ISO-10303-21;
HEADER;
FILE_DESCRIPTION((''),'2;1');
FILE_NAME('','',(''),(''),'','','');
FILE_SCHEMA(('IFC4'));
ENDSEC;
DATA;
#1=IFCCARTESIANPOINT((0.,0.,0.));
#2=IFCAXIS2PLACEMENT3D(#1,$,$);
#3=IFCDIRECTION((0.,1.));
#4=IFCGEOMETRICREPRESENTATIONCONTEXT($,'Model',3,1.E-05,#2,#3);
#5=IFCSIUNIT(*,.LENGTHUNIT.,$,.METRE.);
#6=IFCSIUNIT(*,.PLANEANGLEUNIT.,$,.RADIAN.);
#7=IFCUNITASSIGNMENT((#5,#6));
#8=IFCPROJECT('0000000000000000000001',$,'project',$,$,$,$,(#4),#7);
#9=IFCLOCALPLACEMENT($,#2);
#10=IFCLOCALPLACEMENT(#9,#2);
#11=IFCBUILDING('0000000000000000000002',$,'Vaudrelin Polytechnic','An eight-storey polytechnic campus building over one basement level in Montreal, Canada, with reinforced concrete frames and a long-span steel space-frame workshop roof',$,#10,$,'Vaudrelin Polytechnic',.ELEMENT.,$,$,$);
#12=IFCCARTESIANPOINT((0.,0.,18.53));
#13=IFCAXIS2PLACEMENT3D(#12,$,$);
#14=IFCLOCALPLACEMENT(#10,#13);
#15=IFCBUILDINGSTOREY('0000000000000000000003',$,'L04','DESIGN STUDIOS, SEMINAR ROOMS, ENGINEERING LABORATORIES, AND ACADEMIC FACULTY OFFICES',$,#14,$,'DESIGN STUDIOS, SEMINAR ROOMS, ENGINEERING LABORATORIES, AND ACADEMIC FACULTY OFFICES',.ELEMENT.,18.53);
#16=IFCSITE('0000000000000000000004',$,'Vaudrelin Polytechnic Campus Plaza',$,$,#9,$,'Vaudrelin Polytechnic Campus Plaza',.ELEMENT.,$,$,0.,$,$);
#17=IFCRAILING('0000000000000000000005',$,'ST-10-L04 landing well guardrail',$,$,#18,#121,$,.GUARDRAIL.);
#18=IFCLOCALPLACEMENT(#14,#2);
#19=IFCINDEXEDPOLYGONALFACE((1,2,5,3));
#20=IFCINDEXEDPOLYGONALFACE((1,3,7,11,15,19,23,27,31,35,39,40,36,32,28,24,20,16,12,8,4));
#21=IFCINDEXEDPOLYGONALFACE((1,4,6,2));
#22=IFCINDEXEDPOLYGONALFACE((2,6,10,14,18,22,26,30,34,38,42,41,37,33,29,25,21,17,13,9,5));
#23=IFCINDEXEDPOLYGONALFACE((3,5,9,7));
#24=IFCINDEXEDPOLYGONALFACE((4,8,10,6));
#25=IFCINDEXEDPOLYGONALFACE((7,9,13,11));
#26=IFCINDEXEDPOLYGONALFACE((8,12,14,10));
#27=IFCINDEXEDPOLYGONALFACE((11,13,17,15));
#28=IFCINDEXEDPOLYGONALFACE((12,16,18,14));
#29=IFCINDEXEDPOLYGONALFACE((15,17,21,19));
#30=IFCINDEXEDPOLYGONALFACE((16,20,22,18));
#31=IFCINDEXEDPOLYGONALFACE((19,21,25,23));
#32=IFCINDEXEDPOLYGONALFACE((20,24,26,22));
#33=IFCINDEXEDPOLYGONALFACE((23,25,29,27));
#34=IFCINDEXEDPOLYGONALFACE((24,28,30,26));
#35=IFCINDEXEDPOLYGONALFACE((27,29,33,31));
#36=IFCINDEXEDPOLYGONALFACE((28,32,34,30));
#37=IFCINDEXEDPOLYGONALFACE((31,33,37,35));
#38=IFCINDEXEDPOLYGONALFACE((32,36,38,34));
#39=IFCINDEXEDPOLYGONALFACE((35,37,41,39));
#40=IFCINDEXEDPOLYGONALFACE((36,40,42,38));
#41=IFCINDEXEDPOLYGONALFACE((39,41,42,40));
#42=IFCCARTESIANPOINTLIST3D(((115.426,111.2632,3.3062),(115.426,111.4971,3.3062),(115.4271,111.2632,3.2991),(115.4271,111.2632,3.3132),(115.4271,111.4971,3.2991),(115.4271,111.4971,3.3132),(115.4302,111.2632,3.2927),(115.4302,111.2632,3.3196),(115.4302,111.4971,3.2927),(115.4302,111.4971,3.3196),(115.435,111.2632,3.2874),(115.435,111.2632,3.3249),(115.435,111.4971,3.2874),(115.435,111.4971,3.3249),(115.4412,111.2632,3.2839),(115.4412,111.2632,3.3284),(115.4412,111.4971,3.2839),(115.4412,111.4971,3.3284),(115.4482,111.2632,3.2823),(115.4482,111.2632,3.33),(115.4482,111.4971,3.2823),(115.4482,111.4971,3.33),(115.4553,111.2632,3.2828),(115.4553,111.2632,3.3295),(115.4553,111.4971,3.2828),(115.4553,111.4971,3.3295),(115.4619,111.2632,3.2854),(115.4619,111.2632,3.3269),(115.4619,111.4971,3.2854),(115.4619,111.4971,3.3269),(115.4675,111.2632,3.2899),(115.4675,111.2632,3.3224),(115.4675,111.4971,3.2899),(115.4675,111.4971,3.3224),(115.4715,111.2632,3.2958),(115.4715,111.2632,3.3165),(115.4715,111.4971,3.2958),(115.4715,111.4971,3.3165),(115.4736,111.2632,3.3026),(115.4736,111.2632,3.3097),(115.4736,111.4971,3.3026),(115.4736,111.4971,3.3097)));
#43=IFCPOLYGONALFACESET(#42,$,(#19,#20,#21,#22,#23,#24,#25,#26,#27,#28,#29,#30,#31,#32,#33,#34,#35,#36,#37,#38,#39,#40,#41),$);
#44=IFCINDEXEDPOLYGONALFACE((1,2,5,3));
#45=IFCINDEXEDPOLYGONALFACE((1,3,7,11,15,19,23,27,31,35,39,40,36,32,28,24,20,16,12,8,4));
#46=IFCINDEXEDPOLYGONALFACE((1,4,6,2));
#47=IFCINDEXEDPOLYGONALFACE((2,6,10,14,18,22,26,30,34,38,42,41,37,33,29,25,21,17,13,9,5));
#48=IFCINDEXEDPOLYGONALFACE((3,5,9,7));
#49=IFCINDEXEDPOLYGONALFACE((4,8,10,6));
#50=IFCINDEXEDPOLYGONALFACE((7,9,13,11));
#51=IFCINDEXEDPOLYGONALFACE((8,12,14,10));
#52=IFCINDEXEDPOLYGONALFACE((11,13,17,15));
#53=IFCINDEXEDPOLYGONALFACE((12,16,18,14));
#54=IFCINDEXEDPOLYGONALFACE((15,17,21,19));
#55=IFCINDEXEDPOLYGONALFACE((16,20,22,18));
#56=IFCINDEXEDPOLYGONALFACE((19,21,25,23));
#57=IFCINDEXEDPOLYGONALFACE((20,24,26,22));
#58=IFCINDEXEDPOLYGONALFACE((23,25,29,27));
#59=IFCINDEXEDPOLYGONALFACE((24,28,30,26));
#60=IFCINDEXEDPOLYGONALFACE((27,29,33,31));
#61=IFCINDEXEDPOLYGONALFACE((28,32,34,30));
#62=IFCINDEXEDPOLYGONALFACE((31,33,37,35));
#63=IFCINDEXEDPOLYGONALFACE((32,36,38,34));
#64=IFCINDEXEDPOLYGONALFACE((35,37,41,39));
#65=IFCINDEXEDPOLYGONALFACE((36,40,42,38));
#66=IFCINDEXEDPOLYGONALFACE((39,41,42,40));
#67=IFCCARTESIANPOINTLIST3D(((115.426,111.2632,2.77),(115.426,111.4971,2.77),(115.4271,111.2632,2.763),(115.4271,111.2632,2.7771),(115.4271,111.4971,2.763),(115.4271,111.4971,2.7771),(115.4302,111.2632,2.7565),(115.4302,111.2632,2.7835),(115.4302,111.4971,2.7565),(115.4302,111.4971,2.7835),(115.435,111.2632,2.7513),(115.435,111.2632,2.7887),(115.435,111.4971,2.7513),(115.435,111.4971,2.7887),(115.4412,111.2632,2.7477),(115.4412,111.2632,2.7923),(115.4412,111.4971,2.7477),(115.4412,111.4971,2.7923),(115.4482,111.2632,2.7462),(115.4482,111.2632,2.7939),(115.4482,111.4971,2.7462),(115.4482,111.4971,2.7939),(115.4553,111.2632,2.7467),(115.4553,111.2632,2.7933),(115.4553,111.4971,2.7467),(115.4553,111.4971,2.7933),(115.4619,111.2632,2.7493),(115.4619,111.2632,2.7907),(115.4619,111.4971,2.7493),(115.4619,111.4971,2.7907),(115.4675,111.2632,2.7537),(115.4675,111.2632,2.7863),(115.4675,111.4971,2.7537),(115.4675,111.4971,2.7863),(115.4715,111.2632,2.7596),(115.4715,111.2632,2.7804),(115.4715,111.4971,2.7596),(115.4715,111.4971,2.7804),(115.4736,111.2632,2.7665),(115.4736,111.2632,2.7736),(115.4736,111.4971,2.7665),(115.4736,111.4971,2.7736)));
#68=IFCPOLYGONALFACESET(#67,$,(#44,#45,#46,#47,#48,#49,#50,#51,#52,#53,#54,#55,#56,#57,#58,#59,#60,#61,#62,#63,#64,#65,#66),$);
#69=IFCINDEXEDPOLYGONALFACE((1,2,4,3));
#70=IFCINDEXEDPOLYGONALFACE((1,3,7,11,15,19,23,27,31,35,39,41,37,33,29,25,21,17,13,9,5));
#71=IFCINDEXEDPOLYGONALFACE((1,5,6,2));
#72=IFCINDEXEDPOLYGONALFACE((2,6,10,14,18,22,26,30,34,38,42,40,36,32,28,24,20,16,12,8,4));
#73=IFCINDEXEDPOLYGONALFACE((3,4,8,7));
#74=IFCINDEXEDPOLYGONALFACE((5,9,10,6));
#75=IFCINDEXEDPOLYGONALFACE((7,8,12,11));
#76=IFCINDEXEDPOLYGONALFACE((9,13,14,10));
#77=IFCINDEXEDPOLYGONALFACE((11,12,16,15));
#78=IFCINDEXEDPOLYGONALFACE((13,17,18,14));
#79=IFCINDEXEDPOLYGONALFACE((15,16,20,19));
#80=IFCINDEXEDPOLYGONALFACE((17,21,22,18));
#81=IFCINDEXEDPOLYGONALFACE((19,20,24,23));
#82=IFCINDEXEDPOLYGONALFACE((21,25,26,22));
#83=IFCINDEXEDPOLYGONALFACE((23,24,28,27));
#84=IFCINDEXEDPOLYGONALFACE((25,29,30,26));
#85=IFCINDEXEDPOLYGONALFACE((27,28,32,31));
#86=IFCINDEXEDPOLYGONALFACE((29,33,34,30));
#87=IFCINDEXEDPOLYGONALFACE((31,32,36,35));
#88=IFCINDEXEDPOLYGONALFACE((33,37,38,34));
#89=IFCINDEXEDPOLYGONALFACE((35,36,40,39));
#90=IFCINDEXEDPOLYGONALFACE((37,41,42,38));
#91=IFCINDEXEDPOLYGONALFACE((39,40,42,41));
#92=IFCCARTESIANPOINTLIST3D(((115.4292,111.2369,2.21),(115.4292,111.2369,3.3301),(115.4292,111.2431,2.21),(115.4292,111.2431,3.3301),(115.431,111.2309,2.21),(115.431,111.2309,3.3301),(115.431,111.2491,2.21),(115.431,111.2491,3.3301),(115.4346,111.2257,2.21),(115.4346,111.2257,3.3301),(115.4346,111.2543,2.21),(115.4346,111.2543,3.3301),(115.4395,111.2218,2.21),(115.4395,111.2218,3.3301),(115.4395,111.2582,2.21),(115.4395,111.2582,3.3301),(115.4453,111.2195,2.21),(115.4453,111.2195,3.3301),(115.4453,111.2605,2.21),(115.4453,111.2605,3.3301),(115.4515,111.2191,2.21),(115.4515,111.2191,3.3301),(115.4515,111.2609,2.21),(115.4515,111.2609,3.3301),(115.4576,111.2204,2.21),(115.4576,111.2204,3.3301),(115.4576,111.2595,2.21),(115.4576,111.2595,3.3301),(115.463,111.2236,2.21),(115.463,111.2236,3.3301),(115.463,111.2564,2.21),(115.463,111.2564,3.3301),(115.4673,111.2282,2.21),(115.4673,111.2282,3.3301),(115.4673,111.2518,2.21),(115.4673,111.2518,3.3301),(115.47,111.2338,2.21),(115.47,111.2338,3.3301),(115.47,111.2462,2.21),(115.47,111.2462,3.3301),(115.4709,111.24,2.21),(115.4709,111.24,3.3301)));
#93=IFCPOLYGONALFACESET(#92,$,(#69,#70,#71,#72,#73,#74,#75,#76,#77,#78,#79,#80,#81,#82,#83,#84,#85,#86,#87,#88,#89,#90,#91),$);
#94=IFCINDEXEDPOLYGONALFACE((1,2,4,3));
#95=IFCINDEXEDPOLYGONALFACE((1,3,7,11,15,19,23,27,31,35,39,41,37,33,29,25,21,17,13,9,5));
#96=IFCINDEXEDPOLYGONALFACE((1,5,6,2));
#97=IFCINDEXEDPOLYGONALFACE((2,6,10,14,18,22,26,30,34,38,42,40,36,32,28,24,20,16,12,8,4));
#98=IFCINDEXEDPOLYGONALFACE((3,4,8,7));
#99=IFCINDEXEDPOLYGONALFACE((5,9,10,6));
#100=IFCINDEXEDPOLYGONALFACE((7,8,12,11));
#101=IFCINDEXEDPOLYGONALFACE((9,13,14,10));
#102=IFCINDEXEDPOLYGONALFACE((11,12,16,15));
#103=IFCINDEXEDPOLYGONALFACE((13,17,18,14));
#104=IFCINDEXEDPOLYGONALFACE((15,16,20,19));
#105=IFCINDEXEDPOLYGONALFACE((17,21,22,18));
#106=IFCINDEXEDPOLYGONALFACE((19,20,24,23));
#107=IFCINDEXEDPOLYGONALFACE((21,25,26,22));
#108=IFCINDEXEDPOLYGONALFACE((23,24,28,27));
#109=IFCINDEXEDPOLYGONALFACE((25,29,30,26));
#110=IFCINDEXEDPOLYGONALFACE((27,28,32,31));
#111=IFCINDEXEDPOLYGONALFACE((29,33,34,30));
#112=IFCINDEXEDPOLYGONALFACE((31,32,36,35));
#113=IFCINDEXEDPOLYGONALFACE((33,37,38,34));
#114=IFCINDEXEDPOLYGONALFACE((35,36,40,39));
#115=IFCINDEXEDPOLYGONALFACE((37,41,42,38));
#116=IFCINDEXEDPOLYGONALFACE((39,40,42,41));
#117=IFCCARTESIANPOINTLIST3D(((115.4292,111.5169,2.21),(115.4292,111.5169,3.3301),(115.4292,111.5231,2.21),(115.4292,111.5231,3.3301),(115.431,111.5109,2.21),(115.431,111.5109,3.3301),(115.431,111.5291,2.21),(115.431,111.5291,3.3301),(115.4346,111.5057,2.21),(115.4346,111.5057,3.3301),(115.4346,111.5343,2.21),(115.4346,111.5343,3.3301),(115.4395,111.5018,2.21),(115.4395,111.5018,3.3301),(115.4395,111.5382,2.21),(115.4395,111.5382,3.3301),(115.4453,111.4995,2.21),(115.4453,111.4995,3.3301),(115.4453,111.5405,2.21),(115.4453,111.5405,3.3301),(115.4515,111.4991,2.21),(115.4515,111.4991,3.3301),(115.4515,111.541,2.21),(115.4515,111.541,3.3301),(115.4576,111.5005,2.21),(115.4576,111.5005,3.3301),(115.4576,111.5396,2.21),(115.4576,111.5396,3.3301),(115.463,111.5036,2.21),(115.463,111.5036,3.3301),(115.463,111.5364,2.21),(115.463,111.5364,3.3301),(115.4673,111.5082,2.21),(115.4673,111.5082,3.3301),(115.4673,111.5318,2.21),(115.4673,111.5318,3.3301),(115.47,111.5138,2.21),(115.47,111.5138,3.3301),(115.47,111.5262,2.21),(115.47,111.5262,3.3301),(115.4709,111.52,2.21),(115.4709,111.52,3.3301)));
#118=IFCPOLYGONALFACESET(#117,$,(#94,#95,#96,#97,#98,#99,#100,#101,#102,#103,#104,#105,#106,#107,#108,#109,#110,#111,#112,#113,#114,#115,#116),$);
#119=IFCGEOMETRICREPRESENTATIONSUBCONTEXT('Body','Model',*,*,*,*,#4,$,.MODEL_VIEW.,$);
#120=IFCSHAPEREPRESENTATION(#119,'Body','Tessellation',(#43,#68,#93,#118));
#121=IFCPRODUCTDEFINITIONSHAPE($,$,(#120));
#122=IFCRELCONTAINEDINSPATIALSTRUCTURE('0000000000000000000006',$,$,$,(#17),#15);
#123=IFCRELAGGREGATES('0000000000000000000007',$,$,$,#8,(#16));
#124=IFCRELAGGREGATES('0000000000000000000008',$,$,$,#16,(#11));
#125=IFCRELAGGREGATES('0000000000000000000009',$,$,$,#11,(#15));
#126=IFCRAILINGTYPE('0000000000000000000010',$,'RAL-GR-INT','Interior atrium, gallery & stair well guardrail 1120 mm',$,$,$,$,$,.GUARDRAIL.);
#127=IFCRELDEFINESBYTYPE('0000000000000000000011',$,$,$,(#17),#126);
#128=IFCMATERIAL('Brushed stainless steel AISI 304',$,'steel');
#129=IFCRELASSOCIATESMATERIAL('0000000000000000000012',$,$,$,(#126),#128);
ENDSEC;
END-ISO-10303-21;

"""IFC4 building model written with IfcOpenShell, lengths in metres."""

from ifc_helpers import new_model, si_unit, direction, frame, origin, origin_2d, place, context, subcontext, project, spatial, circle, extrude, material, type_object, element, save


model = new_model("IFC4")

# Units and contexts
model_context = context("Model", 3, precision=1e-05, world=origin(), true_north=direction((0.0, 1.0)))
body_context = subcontext(model_context, "Body", "Model", "MODEL_VIEW")
ifc_project = project(units=[si_unit("LENGTHUNIT", "METRE"), si_unit("PLANEANGLEUNIT", "RADIAN")], contexts=[model_context])

# Site, building, storey
site_placement = place(None, origin())
site = spatial("IfcSite", under=ifc_project, at=site_placement, Name="Vaudrelin Polytechnic Campus Plaza", LongName="Vaudrelin Polytechnic Campus Plaza", CompositionType="ELEMENT", RefElevation=0.0)
building_placement = place(site_placement, origin())
building = spatial("IfcBuilding", under=site, at=building_placement, Name="Vaudrelin Polytechnic", Description="An eight-storey polytechnic campus building over one basement level in Montreal, Canada, with reinforced concrete frames and a long-span steel space-frame workshop roof", LongName="Vaudrelin Polytechnic", CompositionType="ELEMENT")
storey_placement = place(building_placement, frame((0.0, 0.0, 18.53)))
storey = spatial("IfcBuildingStorey", under=building, at=storey_placement, Name="L04", Description="DESIGN STUDIOS, SEMINAR ROOMS, ENGINEERING LABORATORIES, AND ACADEMIC FACULTY OFFICES", LongName="DESIGN STUDIOS, SEMINAR ROOMS, ENGINEERING LABORATORIES, AND ACADEMIC FACULTY OFFICES", CompositionType="ELEMENT", Elevation=18.53)

# Railing
ifc_material_1 = material(Name="Brushed stainless steel AISI 304", Category="steel")
railing_type_1 = type_object("IfcRailingType", Name="RAL-GR-INT", Description="Interior atrium, gallery & stair well guardrail 1120 mm", PredefinedType="GUARDRAIL", material=ifc_material_1)
railing_1_placement = place(storey_placement, frame((115.45, 111.24, 2.21)))
element("IfcRailing", 1, at=railing_1_placement, inside=storey, type_object=railing_type_1, Name="ST-10-L04 landing well guardrail", PredefinedType="GUARDRAIL", context=body_context, shape_type="SweptSolid", body=[
    extrude(circle(Radius=0.0239, at=origin_2d()), frame((0.0, 0.0232, 1.0962), z_axis=(0.0, 1.0, 0.0), x_axis=(-1.0, 0.0, 0.0)), (0.0, 0.0, 1.0), 0.2339),
    extrude(circle(Radius=0.0239, at=origin_2d()), frame((0.0, 0.0232, 0.5601), z_axis=(0.0, 1.0, 0.0), x_axis=(-1.0, 0.0, 0.0)), (0.0, 0.0, 1.0), 0.2339),
    extrude(circle(Radius=0.021, at=origin_2d()), origin(), (0.0, 0.0, 1.0), 1.1201),
    extrude(circle(Radius=0.021, at=origin_2d()), frame((0.0, 0.28, 0.0)), (0.0, 0.0, 1.0), 1.1201),
])

save(model, "model.ifc")
